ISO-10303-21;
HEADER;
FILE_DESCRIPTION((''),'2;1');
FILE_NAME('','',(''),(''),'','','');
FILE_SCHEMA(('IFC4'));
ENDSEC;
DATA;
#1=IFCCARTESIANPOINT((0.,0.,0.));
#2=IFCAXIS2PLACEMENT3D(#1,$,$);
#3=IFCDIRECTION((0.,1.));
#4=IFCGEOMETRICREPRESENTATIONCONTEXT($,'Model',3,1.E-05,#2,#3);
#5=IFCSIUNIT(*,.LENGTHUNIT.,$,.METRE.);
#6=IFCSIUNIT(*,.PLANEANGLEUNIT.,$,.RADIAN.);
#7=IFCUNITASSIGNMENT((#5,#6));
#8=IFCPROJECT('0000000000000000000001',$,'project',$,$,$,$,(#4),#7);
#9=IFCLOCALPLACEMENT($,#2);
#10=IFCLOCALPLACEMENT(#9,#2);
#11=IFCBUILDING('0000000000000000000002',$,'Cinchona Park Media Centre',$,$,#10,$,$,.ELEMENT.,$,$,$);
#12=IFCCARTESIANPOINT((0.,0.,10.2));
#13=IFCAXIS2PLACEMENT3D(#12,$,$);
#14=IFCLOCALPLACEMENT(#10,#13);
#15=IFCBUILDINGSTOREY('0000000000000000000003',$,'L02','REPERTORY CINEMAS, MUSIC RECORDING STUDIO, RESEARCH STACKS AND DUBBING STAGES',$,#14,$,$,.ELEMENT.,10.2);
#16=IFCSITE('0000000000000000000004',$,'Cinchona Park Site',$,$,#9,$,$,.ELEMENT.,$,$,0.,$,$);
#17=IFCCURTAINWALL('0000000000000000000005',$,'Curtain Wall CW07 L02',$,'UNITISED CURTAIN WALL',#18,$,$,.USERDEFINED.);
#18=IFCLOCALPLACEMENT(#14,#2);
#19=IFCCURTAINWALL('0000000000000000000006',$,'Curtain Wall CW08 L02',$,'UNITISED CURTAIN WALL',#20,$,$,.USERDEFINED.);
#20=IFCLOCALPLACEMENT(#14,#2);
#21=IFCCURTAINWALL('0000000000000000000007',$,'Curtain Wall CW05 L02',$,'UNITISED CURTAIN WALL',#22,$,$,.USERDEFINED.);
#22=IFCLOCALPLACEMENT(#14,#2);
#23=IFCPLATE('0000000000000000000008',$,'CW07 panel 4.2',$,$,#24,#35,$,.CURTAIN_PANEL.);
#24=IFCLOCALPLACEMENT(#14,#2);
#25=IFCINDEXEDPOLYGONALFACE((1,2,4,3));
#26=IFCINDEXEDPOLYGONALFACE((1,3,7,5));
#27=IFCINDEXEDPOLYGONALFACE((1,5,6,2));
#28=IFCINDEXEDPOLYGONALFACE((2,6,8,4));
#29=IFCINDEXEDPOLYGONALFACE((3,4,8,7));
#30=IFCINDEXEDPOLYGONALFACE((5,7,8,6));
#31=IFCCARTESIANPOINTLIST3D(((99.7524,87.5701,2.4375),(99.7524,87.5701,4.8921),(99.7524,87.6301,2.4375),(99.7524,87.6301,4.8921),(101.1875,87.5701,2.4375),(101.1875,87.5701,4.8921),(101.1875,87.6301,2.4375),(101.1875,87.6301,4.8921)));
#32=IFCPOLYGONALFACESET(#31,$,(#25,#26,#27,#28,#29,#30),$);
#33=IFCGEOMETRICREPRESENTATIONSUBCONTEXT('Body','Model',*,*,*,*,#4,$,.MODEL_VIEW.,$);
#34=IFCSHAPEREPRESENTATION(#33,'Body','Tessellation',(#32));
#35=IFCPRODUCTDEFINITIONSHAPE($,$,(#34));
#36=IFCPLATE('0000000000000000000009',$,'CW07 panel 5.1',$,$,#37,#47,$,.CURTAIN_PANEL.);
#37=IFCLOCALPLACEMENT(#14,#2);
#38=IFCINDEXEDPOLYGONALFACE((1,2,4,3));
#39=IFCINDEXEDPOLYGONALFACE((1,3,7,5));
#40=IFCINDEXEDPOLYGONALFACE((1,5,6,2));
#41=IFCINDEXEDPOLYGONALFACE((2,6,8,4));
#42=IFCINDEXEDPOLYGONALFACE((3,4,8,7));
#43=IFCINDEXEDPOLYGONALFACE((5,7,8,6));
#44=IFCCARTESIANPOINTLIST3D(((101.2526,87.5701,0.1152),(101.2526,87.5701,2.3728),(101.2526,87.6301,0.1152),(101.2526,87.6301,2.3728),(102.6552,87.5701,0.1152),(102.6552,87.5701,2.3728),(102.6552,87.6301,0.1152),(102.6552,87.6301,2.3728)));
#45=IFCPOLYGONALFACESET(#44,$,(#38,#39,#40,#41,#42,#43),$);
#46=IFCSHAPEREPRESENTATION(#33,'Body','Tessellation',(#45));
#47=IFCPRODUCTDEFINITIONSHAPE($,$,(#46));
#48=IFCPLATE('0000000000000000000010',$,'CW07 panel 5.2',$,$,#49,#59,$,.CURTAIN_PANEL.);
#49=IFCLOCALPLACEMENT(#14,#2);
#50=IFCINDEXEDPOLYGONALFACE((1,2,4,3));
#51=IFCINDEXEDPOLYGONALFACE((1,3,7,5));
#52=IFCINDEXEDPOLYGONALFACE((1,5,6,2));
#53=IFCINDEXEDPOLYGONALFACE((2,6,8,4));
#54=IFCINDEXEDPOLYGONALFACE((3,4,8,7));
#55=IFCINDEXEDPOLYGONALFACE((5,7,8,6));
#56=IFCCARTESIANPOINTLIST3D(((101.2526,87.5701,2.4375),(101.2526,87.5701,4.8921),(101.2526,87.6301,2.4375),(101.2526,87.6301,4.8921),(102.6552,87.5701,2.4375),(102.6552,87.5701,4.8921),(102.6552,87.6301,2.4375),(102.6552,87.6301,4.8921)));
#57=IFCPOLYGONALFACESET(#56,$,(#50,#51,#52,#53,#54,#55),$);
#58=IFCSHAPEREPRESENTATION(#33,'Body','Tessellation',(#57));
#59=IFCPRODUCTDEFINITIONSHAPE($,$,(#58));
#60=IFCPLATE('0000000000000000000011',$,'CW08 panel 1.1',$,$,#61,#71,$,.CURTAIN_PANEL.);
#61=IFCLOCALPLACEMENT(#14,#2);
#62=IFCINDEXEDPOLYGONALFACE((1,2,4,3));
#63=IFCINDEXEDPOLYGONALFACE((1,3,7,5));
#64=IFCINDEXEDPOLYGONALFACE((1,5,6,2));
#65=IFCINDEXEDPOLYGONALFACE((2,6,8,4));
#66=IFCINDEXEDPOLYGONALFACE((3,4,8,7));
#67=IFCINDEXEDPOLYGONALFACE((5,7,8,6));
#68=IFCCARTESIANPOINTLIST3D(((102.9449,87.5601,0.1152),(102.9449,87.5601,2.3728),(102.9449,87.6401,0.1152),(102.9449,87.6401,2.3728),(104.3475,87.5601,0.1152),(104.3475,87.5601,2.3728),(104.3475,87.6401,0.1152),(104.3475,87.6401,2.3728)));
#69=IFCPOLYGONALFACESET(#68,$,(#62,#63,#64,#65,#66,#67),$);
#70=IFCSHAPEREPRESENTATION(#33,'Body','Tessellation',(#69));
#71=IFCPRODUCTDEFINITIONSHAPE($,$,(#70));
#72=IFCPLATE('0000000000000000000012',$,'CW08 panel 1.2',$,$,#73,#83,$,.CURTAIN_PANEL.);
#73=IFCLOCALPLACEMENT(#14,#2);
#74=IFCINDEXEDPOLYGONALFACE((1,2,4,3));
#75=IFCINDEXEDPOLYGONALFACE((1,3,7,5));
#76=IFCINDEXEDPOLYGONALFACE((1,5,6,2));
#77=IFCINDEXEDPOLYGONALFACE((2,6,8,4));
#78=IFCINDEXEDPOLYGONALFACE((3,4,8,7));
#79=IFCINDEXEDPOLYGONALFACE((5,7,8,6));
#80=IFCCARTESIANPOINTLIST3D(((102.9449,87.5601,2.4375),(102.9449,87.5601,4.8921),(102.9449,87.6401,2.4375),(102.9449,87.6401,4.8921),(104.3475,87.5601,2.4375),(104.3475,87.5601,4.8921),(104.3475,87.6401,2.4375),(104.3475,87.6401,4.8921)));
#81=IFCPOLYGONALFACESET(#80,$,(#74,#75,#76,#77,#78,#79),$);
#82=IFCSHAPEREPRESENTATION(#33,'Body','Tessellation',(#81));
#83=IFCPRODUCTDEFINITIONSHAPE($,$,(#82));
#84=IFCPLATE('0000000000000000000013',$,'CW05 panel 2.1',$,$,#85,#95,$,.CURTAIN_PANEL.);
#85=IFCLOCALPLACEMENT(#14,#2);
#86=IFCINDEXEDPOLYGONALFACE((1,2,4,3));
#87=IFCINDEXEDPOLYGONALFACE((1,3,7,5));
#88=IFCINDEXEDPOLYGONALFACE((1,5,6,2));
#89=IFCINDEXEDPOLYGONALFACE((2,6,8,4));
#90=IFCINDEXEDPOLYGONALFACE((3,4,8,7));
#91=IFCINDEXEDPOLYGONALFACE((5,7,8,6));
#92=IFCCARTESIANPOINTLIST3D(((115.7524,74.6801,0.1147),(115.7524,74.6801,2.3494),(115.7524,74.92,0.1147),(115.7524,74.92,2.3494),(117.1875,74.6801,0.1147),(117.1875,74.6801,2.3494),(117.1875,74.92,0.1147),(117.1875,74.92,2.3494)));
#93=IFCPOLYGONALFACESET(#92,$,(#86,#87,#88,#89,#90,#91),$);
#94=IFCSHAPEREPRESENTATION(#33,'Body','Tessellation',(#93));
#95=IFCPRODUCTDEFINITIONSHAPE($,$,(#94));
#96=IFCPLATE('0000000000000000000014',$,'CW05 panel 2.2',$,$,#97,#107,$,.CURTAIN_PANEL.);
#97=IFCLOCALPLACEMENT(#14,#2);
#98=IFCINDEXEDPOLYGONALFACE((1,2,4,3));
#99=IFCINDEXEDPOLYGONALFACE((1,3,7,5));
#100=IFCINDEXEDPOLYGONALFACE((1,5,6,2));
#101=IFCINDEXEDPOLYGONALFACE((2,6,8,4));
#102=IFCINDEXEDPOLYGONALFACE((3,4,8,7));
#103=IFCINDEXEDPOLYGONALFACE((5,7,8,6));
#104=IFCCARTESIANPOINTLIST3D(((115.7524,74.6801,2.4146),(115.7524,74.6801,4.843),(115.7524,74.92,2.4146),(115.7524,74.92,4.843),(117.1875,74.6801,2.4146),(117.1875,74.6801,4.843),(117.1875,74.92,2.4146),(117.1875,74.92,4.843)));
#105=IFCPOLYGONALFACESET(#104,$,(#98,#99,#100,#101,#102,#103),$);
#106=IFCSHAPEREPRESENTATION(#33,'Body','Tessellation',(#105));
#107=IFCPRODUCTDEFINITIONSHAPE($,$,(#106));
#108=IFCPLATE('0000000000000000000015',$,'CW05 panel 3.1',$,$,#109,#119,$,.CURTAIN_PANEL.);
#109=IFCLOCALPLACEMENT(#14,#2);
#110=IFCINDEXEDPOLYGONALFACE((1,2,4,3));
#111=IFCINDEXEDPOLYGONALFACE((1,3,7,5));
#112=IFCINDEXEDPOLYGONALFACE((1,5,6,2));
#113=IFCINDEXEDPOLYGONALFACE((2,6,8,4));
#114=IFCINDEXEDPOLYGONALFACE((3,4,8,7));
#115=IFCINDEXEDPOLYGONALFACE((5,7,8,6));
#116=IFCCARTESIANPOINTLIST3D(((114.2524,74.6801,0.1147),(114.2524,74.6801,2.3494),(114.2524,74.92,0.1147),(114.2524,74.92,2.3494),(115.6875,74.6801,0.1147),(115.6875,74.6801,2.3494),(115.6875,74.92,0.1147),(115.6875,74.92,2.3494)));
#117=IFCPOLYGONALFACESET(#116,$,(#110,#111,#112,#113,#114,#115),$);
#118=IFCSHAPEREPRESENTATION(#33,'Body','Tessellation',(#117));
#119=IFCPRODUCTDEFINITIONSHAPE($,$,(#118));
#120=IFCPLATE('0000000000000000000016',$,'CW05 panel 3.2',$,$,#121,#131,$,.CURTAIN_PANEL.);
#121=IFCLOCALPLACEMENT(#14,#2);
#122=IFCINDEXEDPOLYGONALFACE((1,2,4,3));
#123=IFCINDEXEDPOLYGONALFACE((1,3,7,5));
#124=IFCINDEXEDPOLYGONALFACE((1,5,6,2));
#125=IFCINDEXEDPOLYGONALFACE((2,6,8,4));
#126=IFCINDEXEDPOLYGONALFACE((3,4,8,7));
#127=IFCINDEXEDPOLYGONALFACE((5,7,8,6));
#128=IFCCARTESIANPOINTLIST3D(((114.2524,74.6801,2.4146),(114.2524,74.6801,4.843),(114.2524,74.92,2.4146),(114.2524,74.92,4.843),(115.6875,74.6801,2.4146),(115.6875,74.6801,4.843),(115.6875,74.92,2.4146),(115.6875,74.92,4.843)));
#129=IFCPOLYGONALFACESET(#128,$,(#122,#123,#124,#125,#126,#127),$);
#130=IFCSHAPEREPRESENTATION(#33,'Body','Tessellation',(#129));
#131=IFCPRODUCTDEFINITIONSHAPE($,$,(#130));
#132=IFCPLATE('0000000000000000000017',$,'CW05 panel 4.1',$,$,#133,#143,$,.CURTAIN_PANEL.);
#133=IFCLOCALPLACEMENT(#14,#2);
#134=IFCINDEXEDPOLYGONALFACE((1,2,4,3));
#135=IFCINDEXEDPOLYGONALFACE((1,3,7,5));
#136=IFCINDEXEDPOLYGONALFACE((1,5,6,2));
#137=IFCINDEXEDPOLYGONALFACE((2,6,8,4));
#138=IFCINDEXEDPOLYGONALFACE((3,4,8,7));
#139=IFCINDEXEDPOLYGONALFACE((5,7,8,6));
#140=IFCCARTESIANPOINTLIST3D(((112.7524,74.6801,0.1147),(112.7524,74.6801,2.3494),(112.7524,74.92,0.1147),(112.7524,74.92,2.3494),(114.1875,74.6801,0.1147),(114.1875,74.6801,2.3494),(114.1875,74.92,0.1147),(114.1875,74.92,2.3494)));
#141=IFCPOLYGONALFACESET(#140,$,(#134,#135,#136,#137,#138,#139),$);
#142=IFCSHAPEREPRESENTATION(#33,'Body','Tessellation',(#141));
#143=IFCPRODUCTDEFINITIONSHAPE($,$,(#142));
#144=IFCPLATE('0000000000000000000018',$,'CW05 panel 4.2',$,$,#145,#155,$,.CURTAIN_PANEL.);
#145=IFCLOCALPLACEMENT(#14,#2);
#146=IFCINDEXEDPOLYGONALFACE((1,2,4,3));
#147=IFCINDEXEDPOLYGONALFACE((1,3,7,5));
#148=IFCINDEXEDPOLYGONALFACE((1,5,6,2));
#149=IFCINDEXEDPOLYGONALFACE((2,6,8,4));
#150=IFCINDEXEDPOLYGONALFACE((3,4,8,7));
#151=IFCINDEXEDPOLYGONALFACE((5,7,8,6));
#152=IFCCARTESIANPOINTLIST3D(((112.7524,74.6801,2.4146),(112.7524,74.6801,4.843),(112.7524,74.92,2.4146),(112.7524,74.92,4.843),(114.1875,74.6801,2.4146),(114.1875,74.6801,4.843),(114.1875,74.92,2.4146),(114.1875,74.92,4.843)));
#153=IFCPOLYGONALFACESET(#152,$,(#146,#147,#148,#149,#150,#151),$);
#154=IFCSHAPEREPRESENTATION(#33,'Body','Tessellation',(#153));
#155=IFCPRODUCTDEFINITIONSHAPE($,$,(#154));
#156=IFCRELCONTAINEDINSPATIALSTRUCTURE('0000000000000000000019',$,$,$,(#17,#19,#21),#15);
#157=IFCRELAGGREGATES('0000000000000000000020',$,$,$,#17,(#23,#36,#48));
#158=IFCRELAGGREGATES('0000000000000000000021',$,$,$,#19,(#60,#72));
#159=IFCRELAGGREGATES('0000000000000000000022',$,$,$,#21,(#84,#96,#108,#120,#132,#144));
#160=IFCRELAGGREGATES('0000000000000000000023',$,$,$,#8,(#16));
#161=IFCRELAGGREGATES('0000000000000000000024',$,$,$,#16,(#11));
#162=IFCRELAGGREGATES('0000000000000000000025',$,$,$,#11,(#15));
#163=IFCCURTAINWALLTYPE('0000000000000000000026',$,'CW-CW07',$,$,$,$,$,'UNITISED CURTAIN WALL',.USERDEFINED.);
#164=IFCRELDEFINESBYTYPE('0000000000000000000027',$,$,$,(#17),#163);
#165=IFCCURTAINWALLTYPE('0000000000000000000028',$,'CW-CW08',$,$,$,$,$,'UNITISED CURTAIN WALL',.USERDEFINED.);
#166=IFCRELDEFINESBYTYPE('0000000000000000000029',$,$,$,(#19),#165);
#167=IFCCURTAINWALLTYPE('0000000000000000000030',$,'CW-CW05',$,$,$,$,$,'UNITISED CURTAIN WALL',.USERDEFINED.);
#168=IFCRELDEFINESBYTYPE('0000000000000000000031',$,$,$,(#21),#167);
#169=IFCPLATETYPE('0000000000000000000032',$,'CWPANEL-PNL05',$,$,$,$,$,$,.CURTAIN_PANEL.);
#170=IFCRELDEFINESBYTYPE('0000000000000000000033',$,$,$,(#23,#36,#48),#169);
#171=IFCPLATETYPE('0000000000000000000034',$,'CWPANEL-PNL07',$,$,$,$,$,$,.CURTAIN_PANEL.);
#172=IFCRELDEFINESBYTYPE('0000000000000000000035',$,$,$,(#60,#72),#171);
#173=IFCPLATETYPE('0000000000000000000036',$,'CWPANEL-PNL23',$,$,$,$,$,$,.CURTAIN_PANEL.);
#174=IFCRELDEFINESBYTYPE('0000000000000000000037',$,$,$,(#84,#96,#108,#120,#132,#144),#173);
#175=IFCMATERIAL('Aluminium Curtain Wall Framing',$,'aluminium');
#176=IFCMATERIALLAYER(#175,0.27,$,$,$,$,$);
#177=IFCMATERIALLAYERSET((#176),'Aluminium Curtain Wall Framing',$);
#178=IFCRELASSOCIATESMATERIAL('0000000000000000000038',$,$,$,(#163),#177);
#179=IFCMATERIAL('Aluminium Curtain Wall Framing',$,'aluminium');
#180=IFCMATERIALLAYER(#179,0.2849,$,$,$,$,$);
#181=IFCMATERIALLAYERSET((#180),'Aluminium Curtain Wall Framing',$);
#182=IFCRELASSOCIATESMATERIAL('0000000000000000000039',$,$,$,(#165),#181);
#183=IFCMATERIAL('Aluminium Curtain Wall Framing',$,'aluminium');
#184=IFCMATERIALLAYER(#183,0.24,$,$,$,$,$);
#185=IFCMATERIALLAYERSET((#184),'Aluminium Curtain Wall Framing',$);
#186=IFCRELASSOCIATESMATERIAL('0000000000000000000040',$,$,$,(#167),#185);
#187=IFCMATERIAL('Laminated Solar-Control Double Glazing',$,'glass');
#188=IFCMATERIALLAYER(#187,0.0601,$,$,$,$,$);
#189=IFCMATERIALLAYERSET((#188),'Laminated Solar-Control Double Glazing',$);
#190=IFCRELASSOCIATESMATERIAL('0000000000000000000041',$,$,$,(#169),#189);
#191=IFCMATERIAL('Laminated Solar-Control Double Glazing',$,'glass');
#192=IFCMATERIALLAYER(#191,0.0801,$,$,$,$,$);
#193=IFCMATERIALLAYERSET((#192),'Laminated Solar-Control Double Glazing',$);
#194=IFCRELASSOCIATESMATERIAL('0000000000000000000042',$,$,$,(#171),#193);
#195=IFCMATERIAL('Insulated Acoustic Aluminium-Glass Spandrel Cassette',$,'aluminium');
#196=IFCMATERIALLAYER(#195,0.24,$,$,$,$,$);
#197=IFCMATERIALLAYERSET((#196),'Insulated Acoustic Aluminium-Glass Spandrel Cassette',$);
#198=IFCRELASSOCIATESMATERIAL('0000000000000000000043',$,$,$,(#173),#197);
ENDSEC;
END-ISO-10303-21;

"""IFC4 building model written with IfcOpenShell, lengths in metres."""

from ifc_helpers import new_model, si_unit, direction, frame, origin, origin_2d, place, context, subcontext, project, spatial, rectangle, extrude, material, layer, layer_set, type_object, element, aggregate, save


model = new_model("IFC4")

# Units and contexts
model_context = context("Model", 3, precision=1e-05, world=origin(), true_north=direction((0.0, 1.0)))
body_context = subcontext(model_context, "Body", "Model", "MODEL_VIEW")
ifc_project = project(units=[si_unit("LENGTHUNIT", "METRE"), si_unit("PLANEANGLEUNIT", "RADIAN")], contexts=[model_context])

# Site, building, storey
site_placement = place(None, origin())
site = spatial("IfcSite", under=ifc_project, at=site_placement, Name="Cinchona Park Site", CompositionType="ELEMENT", RefElevation=0.0)
building_placement = place(site_placement, origin())
building = spatial("IfcBuilding", under=site, at=building_placement, Name="Cinchona Park Media Centre", CompositionType="ELEMENT")
storey_placement = place(building_placement, frame((0.0, 0.0, 10.2)))
storey = spatial("IfcBuildingStorey", under=building, at=storey_placement, Name="L02", Description="REPERTORY CINEMAS, MUSIC RECORDING STUDIO, RESEARCH STACKS AND DUBBING STAGES", CompositionType="ELEMENT", Elevation=10.2)

# Curtain walls
ifc_material_1 = material(Name="Aluminium Curtain Wall Framing", Category="aluminium")
ifc_layer_1 = layer(ifc_material_1, 0.27)
ifc_layer_set_1 = layer_set([ifc_layer_1], Name="Aluminium Curtain Wall Framing")
curtain_wall_type_1 = type_object("IfcCurtainWallType", Name="CW-CW07", ElementType="UNITISED CURTAIN WALL", PredefinedType="USERDEFINED", material=ifc_layer_set_1)
curtain_wall_1_placement = place(storey_placement, origin())
curtain_wall_1 = element("IfcCurtainWall", 1, at=curtain_wall_1_placement, inside=storey, type_object=curtain_wall_type_1, Name="Curtain Wall CW07 L02", ObjectType="UNITISED CURTAIN WALL", PredefinedType="USERDEFINED")
ifc_material_2 = material(Name="Aluminium Curtain Wall Framing", Category="aluminium")
ifc_layer_2 = layer(ifc_material_2, 0.2849)
ifc_layer_set_2 = layer_set([ifc_layer_2], Name="Aluminium Curtain Wall Framing")
curtain_wall_type_2 = type_object("IfcCurtainWallType", Name="CW-CW08", ElementType="UNITISED CURTAIN WALL", PredefinedType="USERDEFINED", material=ifc_layer_set_2)
curtain_wall_2_placement = place(storey_placement, origin())
curtain_wall_2 = element("IfcCurtainWall", 2, at=curtain_wall_2_placement, inside=storey, type_object=curtain_wall_type_2, Name="Curtain Wall CW08 L02", ObjectType="UNITISED CURTAIN WALL", PredefinedType="USERDEFINED")
ifc_material_3 = material(Name="Aluminium Curtain Wall Framing", Category="aluminium")
ifc_layer_3 = layer(ifc_material_3, 0.24)
ifc_layer_set_3 = layer_set([ifc_layer_3], Name="Aluminium Curtain Wall Framing")
curtain_wall_type_3 = type_object("IfcCurtainWallType", Name="CW-CW05", ElementType="UNITISED CURTAIN WALL", PredefinedType="USERDEFINED", material=ifc_layer_set_3)
curtain_wall_3_placement = place(storey_placement, origin())
curtain_wall_3 = element("IfcCurtainWall", 3, at=curtain_wall_3_placement, inside=storey, type_object=curtain_wall_type_3, Name="Curtain Wall CW05 L02", ObjectType="UNITISED CURTAIN WALL", PredefinedType="USERDEFINED")

# Plates
ifc_material_4 = material(Name="Laminated Solar-Control Double Glazing", Category="glass")
ifc_layer_4 = layer(ifc_material_4, 0.0601)
ifc_layer_set_4 = layer_set([ifc_layer_4], Name="Laminated Solar-Control Double Glazing")
plate_type_1 = type_object("IfcPlateType", Name="CWPANEL-PNL05", PredefinedType="CURTAIN_PANEL", material=ifc_layer_set_4)
plate_1_placement = place(storey_placement, frame((100.47, 87.6001, 2.4375), z_axis=(0.0, 0.0, 1.0), x_axis=(1.0, 0.0, 0.0)))
plate_1 = element("IfcPlate", 4, at=plate_1_placement, type_object=plate_type_1, Name="CW07 panel 4.2", PredefinedType="CURTAIN_PANEL", context=body_context, shape_type="SweptSolid", body=[
    extrude(rectangle(XDim=1.4351, YDim=0.0601, at=origin_2d()), origin(), (0.0, 0.0, 1.0), 2.4546),
])
plate_2_placement = place(storey_placement, frame((101.9539, 87.6001, 0.1152), z_axis=(0.0, 0.0, 1.0), x_axis=(1.0, 0.0, 0.0)))
plate_2 = element("IfcPlate", 5, at=plate_2_placement, type_object=plate_type_1, Name="CW07 panel 5.1", PredefinedType="CURTAIN_PANEL", context=body_context, shape_type="SweptSolid", body=[
    extrude(rectangle(XDim=1.4026, YDim=0.0601, at=origin_2d()), origin(), (0.0, 0.0, 1.0), 2.2576),
])
plate_3_placement = place(storey_placement, frame((101.9539, 87.6001, 2.4375), z_axis=(0.0, 0.0, 1.0), x_axis=(1.0, 0.0, 0.0)))
plate_3 = element("IfcPlate", 6, at=plate_3_placement, type_object=plate_type_1, Name="CW07 panel 5.2", PredefinedType="CURTAIN_PANEL", context=body_context, shape_type="SweptSolid", body=[
    extrude(rectangle(XDim=1.4026, YDim=0.0601, at=origin_2d()), origin(), (0.0, 0.0, 1.0), 2.4546),
])
aggregate(curtain_wall_1, [plate_1, plate_2, plate_3])
ifc_material_5 = material(Name="Laminated Solar-Control Double Glazing", Category="glass")
ifc_layer_5 = layer(ifc_material_5, 0.0801)
ifc_layer_set_5 = layer_set([ifc_layer_5], Name="Laminated Solar-Control Double Glazing")
plate_type_2 = type_object("IfcPlateType", Name="CWPANEL-PNL07", PredefinedType="CURTAIN_PANEL", material=ifc_layer_set_5)
plate_4_placement = place(storey_placement, frame((103.6462, 87.6001, 0.1152), z_axis=(0.0, 0.0, 1.0), x_axis=(1.0, 0.0, 0.0)))
plate_4 = element("IfcPlate", 7, at=plate_4_placement, type_object=plate_type_2, Name="CW08 panel 1.1", PredefinedType="CURTAIN_PANEL", context=body_context, shape_type="SweptSolid", body=[
    extrude(rectangle(XDim=1.4026, YDim=0.0801, at=origin_2d()), origin(), (0.0, 0.0, 1.0), 2.2576),
])
plate_5_placement = place(storey_placement, frame((103.6462, 87.6001, 2.4375), z_axis=(0.0, 0.0, 1.0), x_axis=(1.0, 0.0, 0.0)))
plate_5 = element("IfcPlate", 8, at=plate_5_placement, type_object=plate_type_2, Name="CW08 panel 1.2", PredefinedType="CURTAIN_PANEL", context=body_context, shape_type="SweptSolid", body=[
    extrude(rectangle(XDim=1.4026, YDim=0.0801, at=origin_2d()), origin(), (0.0, 0.0, 1.0), 2.4546),
])
aggregate(curtain_wall_2, [plate_4, plate_5])
ifc_material_6 = material(Name="Insulated Acoustic Aluminium-Glass Spandrel Cassette", Category="aluminium")
ifc_layer_6 = layer(ifc_material_6, 0.24)
ifc_layer_set_6 = layer_set([ifc_layer_6], Name="Insulated Acoustic Aluminium-Glass Spandrel Cassette")
plate_type_3 = type_object("IfcPlateType", Name="CWPANEL-PNL23", PredefinedType="CURTAIN_PANEL", material=ifc_layer_set_6)
plate_6_placement = place(storey_placement, frame((116.47, 74.8, 0.1147), z_axis=(0.0, 0.0, 1.0), x_axis=(-1.0, 0.0, 0.0)))
plate_6 = element("IfcPlate", 9, at=plate_6_placement, type_object=plate_type_3, Name="CW05 panel 2.1", PredefinedType="CURTAIN_PANEL", context=body_context, shape_type="SweptSolid", body=[
    extrude(rectangle(XDim=1.4351, YDim=0.24, at=origin_2d()), origin(), (0.0, 0.0, 1.0), 2.2346),
])
plate_7_placement = place(storey_placement, frame((116.47, 74.8, 2.4146), z_axis=(0.0, 0.0, 1.0), x_axis=(-1.0, 0.0, 0.0)))
plate_7 = element("IfcPlate", 10, at=plate_7_placement, type_object=plate_type_3, Name="CW05 panel 2.2", PredefinedType="CURTAIN_PANEL", context=body_context, shape_type="SweptSolid", body=[
    extrude(rectangle(XDim=1.4351, YDim=0.24, at=origin_2d()), origin(), (0.0, 0.0, 1.0), 2.4285),
])
plate_8_placement = place(storey_placement, frame((114.97, 74.8, 0.1147), z_axis=(0.0, 0.0, 1.0), x_axis=(-1.0, 0.0, 0.0)))
plate_8 = element("IfcPlate", 11, at=plate_8_placement, type_object=plate_type_3, Name="CW05 panel 3.1", PredefinedType="CURTAIN_PANEL", context=body_context, shape_type="SweptSolid", body=[
    extrude(rectangle(XDim=1.4351, YDim=0.24, at=origin_2d()), origin(), (0.0, 0.0, 1.0), 2.2346),
])
plate_9_placement = place(storey_placement, frame((114.97, 74.8, 2.4146), z_axis=(0.0, 0.0, 1.0), x_axis=(-1.0, 0.0, 0.0)))
plate_9 = element("IfcPlate", 12, at=plate_9_placement, type_object=plate_type_3, Name="CW05 panel 3.2", PredefinedType="CURTAIN_PANEL", context=body_context, shape_type="SweptSolid", body=[
    extrude(rectangle(XDim=1.4351, YDim=0.24, at=origin_2d()), origin(), (0.0, 0.0, 1.0), 2.4285),
])
plate_10_placement = place(storey_placement, frame((113.47, 74.8, 0.1147), z_axis=(0.0, 0.0, 1.0), x_axis=(-1.0, 0.0, 0.0)))
plate_10 = element("IfcPlate", 13, at=plate_10_placement, type_object=plate_type_3, Name="CW05 panel 4.1", PredefinedType="CURTAIN_PANEL", context=body_context, shape_type="SweptSolid", body=[
    extrude(rectangle(XDim=1.4351, YDim=0.24, at=origin_2d()), origin(), (0.0, 0.0, 1.0), 2.2346),
])
plate_11_placement = place(storey_placement, frame((113.47, 74.8, 2.4146), z_axis=(0.0, 0.0, 1.0), x_axis=(-1.0, 0.0, 0.0)))
plate_11 = element("IfcPlate", 14, at=plate_11_placement, type_object=plate_type_3, Name="CW05 panel 4.2", PredefinedType="CURTAIN_PANEL", context=body_context, shape_type="SweptSolid", body=[
    extrude(rectangle(XDim=1.4351, YDim=0.24, at=origin_2d()), origin(), (0.0, 0.0, 1.0), 2.4285),
])
aggregate(curtain_wall_3, [plate_6, plate_7, plate_8, plate_9, plate_10, plate_11])

save(model, "model.ifc")
